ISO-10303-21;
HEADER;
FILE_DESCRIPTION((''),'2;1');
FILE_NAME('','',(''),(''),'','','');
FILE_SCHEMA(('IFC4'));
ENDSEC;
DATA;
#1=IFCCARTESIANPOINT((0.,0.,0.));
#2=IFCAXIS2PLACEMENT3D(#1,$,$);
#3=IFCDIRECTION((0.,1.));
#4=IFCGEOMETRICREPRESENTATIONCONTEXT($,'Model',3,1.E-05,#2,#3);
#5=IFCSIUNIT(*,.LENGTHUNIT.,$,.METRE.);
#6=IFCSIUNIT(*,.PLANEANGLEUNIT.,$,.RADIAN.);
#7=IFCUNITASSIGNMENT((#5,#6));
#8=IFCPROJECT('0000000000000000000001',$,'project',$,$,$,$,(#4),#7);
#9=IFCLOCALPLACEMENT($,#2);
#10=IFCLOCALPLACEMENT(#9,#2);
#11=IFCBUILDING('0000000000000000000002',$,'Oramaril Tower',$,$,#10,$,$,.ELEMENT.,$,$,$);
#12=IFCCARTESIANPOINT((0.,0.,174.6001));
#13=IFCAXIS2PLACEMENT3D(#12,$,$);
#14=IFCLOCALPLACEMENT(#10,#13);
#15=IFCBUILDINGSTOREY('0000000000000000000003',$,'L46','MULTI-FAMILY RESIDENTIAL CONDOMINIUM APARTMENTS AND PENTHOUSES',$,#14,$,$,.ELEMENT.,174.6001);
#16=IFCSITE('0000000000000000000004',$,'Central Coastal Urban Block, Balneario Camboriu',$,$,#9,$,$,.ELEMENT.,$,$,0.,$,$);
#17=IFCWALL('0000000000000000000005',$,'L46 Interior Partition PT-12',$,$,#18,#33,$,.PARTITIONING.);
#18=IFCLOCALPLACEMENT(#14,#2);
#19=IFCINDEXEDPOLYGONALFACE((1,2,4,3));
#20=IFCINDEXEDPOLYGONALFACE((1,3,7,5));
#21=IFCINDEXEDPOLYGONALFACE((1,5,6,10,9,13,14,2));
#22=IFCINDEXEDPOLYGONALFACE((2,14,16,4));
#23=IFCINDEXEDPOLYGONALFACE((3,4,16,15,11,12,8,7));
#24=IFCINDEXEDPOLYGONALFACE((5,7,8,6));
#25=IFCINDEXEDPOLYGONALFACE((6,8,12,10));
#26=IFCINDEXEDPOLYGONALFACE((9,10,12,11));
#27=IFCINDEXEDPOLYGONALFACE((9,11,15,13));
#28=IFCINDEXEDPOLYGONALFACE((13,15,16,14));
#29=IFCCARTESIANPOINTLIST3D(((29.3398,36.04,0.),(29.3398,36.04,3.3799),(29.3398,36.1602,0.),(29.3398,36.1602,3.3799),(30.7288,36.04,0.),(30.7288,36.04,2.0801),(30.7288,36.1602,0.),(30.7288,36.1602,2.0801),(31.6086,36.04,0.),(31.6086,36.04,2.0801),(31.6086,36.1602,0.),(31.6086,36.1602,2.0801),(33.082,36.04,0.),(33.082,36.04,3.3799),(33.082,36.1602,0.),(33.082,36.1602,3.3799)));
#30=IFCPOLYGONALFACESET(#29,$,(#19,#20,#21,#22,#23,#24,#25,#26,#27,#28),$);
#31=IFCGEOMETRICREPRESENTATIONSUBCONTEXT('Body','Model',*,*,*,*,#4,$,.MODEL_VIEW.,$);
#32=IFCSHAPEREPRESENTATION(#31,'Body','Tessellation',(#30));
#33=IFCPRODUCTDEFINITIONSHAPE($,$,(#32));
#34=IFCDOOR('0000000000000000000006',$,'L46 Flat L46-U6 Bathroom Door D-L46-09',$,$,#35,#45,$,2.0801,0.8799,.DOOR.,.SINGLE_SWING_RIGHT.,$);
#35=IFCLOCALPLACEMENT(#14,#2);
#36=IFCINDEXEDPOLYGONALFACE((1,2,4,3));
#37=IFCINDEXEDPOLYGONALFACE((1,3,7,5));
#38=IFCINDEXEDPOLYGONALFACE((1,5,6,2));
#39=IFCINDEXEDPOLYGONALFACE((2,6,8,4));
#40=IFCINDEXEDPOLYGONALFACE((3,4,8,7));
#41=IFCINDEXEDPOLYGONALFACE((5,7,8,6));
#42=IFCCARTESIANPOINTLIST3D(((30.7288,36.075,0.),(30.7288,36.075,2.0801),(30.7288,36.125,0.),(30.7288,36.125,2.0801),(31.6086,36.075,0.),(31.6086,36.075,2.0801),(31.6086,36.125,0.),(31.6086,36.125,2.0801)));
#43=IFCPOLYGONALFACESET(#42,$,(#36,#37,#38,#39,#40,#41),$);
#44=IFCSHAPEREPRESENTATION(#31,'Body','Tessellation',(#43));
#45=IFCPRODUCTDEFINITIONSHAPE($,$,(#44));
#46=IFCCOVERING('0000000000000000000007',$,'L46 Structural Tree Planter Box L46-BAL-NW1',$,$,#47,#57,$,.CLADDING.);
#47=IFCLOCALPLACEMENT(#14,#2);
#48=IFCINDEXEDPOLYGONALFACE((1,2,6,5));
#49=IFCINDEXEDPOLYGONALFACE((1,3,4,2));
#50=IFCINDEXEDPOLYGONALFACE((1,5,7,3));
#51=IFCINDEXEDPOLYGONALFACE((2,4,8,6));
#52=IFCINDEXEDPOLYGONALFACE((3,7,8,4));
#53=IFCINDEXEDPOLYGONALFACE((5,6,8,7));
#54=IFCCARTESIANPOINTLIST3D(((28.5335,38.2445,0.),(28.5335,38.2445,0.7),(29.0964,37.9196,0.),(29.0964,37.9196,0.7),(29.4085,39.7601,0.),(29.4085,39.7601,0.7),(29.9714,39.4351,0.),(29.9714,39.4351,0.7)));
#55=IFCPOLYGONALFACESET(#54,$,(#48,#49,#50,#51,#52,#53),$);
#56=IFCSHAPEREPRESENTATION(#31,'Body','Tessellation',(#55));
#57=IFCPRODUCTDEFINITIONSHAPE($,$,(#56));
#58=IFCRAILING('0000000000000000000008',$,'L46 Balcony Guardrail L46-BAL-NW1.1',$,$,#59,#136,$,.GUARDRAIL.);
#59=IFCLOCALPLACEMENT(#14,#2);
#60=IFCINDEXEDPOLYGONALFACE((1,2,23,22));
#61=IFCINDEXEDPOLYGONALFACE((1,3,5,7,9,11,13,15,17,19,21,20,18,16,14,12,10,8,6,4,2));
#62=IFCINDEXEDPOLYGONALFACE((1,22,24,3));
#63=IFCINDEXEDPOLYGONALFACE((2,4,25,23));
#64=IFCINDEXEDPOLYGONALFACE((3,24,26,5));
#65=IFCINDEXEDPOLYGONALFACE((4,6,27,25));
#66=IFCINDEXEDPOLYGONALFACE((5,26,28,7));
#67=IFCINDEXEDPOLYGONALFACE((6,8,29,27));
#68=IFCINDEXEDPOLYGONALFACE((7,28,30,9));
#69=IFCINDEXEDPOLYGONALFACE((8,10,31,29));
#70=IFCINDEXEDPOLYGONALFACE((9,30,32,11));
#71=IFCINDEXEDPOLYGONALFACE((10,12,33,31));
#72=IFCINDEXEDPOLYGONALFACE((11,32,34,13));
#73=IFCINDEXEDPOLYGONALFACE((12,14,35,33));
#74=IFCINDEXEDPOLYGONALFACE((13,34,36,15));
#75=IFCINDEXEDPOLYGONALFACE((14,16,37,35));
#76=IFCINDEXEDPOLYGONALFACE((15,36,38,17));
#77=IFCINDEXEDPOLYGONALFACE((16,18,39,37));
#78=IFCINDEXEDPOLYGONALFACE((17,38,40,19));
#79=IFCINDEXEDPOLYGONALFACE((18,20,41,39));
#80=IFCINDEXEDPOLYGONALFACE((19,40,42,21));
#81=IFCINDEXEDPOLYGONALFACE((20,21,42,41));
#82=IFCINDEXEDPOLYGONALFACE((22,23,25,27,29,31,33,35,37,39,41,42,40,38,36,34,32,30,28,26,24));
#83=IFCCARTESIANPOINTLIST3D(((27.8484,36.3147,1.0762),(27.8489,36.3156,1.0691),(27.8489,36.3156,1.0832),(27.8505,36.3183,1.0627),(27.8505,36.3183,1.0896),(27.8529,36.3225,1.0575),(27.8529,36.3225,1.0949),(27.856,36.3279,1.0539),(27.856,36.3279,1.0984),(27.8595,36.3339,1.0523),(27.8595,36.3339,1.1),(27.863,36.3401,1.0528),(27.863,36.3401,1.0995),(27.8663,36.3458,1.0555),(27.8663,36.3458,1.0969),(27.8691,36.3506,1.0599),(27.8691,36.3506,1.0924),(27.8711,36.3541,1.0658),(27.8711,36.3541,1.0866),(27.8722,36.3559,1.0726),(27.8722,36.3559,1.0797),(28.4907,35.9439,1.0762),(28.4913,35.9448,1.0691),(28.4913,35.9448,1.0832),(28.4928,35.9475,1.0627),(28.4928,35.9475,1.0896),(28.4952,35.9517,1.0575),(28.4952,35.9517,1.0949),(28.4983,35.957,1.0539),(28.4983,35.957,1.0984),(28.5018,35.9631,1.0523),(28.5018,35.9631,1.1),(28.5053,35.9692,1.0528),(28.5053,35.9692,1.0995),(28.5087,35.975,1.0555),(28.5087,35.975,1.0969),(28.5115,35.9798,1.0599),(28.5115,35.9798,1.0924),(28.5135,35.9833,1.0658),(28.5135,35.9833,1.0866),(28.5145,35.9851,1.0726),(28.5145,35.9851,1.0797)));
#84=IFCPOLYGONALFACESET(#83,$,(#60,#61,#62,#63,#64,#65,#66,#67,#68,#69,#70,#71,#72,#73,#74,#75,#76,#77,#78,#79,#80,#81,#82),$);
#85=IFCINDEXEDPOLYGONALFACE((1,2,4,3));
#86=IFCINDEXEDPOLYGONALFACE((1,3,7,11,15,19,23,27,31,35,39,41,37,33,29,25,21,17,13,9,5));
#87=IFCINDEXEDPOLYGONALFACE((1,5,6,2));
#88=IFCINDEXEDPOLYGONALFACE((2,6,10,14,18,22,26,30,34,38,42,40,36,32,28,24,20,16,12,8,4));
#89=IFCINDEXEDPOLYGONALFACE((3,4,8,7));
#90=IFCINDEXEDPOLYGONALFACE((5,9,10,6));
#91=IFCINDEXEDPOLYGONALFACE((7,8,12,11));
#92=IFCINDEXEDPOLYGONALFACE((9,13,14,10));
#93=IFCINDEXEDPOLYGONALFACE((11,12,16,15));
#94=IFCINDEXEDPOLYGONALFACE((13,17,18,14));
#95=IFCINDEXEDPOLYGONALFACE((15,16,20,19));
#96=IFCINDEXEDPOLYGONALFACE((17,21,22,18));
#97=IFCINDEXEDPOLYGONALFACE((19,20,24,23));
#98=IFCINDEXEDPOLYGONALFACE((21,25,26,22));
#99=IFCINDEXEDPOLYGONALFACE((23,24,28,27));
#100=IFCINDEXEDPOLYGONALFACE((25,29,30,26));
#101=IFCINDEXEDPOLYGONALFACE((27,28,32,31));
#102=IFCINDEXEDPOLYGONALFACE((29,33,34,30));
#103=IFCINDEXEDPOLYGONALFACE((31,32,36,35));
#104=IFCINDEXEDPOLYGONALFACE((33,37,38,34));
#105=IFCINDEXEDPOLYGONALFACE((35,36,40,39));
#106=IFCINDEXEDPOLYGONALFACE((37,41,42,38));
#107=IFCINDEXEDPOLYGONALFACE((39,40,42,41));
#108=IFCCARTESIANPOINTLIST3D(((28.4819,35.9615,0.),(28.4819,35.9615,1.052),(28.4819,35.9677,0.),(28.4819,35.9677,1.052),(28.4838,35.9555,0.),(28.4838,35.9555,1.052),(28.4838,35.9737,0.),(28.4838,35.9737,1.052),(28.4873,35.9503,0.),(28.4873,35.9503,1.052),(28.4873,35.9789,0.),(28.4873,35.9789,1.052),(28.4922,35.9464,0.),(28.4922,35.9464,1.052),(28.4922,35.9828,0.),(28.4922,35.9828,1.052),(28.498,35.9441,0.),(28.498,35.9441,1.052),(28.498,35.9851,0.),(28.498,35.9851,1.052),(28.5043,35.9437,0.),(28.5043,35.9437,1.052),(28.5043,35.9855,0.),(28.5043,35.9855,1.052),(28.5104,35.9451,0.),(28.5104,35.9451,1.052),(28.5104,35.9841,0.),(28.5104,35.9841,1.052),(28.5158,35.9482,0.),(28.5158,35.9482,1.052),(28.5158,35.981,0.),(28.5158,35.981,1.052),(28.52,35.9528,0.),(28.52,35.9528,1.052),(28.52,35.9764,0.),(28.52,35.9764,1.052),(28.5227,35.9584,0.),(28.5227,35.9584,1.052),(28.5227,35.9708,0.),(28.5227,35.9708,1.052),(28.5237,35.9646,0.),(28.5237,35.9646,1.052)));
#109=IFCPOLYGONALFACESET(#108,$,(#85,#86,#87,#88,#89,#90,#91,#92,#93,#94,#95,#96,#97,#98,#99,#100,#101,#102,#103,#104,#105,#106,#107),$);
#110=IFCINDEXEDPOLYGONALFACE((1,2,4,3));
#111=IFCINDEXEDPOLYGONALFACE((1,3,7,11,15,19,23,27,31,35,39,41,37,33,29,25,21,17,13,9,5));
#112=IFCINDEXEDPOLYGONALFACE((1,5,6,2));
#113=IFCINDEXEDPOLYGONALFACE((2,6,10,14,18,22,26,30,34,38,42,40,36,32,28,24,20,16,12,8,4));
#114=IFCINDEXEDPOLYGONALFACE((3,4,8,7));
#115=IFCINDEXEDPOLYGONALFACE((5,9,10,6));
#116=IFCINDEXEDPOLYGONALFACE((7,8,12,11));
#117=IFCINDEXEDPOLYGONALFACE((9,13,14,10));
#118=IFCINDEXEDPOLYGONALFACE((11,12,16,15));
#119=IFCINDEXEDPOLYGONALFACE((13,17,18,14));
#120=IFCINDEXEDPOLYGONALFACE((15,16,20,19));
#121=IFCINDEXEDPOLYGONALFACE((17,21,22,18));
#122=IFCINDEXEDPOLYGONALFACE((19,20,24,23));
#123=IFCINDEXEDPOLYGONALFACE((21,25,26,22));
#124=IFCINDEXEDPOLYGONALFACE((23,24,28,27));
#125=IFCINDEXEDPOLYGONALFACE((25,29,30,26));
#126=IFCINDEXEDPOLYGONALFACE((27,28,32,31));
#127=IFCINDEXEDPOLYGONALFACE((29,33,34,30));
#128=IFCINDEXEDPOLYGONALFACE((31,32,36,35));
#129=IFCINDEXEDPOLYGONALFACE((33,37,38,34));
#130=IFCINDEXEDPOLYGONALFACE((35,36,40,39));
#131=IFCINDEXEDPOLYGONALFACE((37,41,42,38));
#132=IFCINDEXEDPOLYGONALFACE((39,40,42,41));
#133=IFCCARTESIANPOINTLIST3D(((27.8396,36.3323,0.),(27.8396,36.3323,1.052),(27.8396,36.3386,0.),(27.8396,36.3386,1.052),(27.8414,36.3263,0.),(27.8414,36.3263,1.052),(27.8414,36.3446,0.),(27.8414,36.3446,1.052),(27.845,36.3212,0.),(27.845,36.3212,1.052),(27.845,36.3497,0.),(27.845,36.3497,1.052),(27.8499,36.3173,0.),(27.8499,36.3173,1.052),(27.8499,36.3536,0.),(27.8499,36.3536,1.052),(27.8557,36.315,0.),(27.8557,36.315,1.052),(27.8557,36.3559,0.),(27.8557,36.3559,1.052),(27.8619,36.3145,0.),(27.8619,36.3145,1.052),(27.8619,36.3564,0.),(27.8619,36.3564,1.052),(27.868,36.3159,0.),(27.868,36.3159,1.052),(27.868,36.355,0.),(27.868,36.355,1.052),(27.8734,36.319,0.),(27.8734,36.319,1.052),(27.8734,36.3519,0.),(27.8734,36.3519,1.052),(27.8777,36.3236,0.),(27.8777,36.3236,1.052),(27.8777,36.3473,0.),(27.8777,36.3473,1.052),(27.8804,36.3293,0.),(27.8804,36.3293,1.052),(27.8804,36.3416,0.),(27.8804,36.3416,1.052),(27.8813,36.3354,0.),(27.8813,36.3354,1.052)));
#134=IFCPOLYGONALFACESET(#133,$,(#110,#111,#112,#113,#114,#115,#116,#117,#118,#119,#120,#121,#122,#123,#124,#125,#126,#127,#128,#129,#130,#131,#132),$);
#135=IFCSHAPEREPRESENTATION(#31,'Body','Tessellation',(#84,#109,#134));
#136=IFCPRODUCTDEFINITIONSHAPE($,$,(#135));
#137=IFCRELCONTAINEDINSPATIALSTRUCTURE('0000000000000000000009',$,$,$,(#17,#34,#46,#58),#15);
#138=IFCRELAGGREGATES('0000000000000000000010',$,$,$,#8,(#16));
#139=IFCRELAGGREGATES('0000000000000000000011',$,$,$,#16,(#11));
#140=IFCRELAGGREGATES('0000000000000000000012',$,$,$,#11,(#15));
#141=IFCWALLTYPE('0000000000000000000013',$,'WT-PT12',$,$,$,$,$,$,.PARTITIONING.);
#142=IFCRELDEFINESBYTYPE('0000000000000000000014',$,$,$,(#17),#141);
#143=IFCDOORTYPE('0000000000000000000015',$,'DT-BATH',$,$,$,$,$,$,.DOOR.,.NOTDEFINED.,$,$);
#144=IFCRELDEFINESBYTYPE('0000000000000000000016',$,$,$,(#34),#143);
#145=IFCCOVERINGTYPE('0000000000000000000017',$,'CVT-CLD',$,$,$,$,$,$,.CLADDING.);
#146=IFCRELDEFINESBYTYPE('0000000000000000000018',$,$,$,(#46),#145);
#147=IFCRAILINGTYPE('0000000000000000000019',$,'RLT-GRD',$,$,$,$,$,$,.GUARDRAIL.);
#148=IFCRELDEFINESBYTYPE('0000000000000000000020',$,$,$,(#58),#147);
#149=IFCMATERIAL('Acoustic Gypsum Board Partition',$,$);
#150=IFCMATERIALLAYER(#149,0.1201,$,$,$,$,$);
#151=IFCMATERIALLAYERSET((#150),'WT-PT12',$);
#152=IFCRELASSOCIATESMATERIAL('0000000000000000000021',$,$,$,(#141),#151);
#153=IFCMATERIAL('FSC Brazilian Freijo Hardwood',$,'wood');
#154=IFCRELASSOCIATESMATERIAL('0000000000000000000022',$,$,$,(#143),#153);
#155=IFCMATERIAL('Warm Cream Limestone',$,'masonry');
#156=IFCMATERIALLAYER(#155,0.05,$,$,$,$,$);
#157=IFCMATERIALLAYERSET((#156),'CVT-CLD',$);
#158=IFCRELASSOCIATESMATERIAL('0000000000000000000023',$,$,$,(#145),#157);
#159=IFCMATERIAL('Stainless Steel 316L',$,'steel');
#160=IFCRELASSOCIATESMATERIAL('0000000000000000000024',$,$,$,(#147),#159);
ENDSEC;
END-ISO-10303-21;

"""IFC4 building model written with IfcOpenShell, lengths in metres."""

from ifc_helpers import new_model, si_unit, direction, frame, frame_2d, origin, origin_2d, place, context, subcontext, project, spatial, rectangle, circle, extrude, material, layer, layer_set, type_object, element, fill, save


model = new_model("IFC4")

# Units and contexts
model_context = context("Model", 3, precision=1e-05, world=origin(), true_north=direction((0.0, 1.0)))
body_context = subcontext(model_context, "Body", "Model", "MODEL_VIEW")
ifc_project = project(units=[si_unit("LENGTHUNIT", "METRE"), si_unit("PLANEANGLEUNIT", "RADIAN")], contexts=[model_context])

# Site, building, storey
site_placement = place(None, origin())
site = spatial("IfcSite", under=ifc_project, at=site_placement, Name="Central Coastal Urban Block, Balneario Camboriu", CompositionType="ELEMENT", RefElevation=0.0)
building_placement = place(site_placement, origin())
building = spatial("IfcBuilding", under=site, at=building_placement, Name="Oramaril Tower", CompositionType="ELEMENT")
storey_placement = place(building_placement, frame((0.0, 0.0, 174.6001)))
storey = spatial("IfcBuildingStorey", under=building, at=storey_placement, Name="L46", Description="MULTI-FAMILY RESIDENTIAL CONDOMINIUM APARTMENTS AND PENTHOUSES", CompositionType="ELEMENT", Elevation=174.6001)

# Wall, opening, door
ifc_material_1 = material(Name="Acoustic Gypsum Board Partition")
ifc_layer_1 = layer(ifc_material_1, 0.1201)
ifc_layer_set_1 = layer_set([ifc_layer_1], Name="WT-PT12")
wall_type_1 = type_object("IfcWallType", Name="WT-PT12", PredefinedType="PARTITIONING", material=ifc_layer_set_1)
wall_1_placement = place(storey_placement, frame((29.3398, 36.1001, 0.0), z_axis=(0.0, 0.0, 1.0), x_axis=(1.0, 0.0, 0.0)))
wall_1 = element("IfcWall", 1, at=wall_1_placement, inside=storey, type_object=wall_type_1, Name="L46 Interior Partition PT-12", PredefinedType="PARTITIONING", context=body_context, shape_type="SweptSolid", body=[
    extrude(rectangle(XDim=3.7422, YDim=0.1201, at=frame_2d((1.8711, 0.0))), origin(), (0.0, 0.0, 1.0), 3.3799),
])
opening_placement = place(wall_1_placement, frame((1.3889, 0.0, 0.0)))
opening = element("IfcOpeningElement", 2, at=opening_placement, cuts=wall_1, PredefinedType="OPENING", context=body_context, shape_type="SweptSolid", body=[
    extrude(rectangle(XDim=0.8799, YDim=2.0801, at=frame_2d((0.4399, 1.04))), frame((0.0, 0.0601, 0.0), z_axis=(0.0, -1.0, 0.0), x_axis=(1.0, 0.0, 0.0)), (0.0, 0.0, 1.0), 0.1201),
])
ifc_material_2 = material(Name="FSC Brazilian Freijo Hardwood", Category="wood")
door_type = type_object("IfcDoorType", Name="DT-BATH", OperationType="NOTDEFINED", PredefinedType="DOOR", material=ifc_material_2)
door_placement = place(opening_placement, origin())
door = element("IfcDoor", 3, at=door_placement, inside=storey, type_object=door_type, Name="L46 Flat L46-U6 Bathroom Door D-L46-09", OperationType="SINGLE_SWING_RIGHT", OverallHeight=2.0801, OverallWidth=0.8799, PredefinedType="DOOR", context=body_context, shape_type="SweptSolid", body=[
    extrude(rectangle(XDim=0.8799, YDim=2.0801, at=frame_2d((0.4399, 1.04))), frame((0.0, 0.0249, 0.0), z_axis=(0.0, -1.0, 0.0), x_axis=(1.0, 0.0, 0.0)), (0.0, 0.0, 1.0), 0.05),
])
fill(opening, door)

# Covering
ifc_material_3 = material(Name="Warm Cream Limestone", Category="masonry")
ifc_layer_2 = layer(ifc_material_3, 0.05)
ifc_layer_set_2 = layer_set([ifc_layer_2], Name="CVT-CLD")
covering_type = type_object("IfcCoveringType", Name="CVT-CLD", PredefinedType="CLADDING", material=ifc_layer_set_2)
covering_placement = place(storey_placement, frame((29.2524, 38.8398, 0.0), z_axis=(0.0, 0.0, 1.0), x_axis=(-0.5, -0.866025, 0.0)))
element("IfcCovering", 4, at=covering_placement, inside=storey, type_object=covering_type, Name="L46 Structural Tree Planter Box L46-BAL-NW1", PredefinedType="CLADDING", context=body_context, shape_type="SweptSolid", body=[
    extrude(rectangle(XDim=1.75, YDim=0.6499, at=origin_2d()), origin(), (0.0, 0.0, 1.0), 0.7),
])

# Railing
ifc_material_4 = material(Name="Stainless Steel 316L", Category="steel")
railing_type = type_object("IfcRailingType", Name="RLT-GRD", PredefinedType="GUARDRAIL", material=ifc_material_4)
railing_1_placement = place(storey_placement, frame((28.5027, 35.9646, 0.0)))
element("IfcRailing", 5, at=railing_1_placement, inside=storey, type_object=railing_type, Name="L46 Balcony Guardrail L46-BAL-NW1.1", PredefinedType="GUARDRAIL", context=body_context, shape_type="SweptSolid", body=[
    extrude(circle(Radius=0.0239, at=origin_2d()), frame((0.0, 0.0, 1.0762), z_axis=(-0.866027, 0.499998, 0.0), x_axis=(-0.499998, -0.866027, 0.0)), (0.0, 0.0, 1.0), 0.7417),
    extrude(circle(Radius=0.021, at=origin_2d()), origin(), (0.0, 0.0, 1.0), 1.052),
    extrude(circle(Radius=0.021, at=origin_2d()), frame((-0.6423, 0.3708, 0.0)), (0.0, 0.0, 1.0), 1.052),
])

save(model, "model.ifc")
